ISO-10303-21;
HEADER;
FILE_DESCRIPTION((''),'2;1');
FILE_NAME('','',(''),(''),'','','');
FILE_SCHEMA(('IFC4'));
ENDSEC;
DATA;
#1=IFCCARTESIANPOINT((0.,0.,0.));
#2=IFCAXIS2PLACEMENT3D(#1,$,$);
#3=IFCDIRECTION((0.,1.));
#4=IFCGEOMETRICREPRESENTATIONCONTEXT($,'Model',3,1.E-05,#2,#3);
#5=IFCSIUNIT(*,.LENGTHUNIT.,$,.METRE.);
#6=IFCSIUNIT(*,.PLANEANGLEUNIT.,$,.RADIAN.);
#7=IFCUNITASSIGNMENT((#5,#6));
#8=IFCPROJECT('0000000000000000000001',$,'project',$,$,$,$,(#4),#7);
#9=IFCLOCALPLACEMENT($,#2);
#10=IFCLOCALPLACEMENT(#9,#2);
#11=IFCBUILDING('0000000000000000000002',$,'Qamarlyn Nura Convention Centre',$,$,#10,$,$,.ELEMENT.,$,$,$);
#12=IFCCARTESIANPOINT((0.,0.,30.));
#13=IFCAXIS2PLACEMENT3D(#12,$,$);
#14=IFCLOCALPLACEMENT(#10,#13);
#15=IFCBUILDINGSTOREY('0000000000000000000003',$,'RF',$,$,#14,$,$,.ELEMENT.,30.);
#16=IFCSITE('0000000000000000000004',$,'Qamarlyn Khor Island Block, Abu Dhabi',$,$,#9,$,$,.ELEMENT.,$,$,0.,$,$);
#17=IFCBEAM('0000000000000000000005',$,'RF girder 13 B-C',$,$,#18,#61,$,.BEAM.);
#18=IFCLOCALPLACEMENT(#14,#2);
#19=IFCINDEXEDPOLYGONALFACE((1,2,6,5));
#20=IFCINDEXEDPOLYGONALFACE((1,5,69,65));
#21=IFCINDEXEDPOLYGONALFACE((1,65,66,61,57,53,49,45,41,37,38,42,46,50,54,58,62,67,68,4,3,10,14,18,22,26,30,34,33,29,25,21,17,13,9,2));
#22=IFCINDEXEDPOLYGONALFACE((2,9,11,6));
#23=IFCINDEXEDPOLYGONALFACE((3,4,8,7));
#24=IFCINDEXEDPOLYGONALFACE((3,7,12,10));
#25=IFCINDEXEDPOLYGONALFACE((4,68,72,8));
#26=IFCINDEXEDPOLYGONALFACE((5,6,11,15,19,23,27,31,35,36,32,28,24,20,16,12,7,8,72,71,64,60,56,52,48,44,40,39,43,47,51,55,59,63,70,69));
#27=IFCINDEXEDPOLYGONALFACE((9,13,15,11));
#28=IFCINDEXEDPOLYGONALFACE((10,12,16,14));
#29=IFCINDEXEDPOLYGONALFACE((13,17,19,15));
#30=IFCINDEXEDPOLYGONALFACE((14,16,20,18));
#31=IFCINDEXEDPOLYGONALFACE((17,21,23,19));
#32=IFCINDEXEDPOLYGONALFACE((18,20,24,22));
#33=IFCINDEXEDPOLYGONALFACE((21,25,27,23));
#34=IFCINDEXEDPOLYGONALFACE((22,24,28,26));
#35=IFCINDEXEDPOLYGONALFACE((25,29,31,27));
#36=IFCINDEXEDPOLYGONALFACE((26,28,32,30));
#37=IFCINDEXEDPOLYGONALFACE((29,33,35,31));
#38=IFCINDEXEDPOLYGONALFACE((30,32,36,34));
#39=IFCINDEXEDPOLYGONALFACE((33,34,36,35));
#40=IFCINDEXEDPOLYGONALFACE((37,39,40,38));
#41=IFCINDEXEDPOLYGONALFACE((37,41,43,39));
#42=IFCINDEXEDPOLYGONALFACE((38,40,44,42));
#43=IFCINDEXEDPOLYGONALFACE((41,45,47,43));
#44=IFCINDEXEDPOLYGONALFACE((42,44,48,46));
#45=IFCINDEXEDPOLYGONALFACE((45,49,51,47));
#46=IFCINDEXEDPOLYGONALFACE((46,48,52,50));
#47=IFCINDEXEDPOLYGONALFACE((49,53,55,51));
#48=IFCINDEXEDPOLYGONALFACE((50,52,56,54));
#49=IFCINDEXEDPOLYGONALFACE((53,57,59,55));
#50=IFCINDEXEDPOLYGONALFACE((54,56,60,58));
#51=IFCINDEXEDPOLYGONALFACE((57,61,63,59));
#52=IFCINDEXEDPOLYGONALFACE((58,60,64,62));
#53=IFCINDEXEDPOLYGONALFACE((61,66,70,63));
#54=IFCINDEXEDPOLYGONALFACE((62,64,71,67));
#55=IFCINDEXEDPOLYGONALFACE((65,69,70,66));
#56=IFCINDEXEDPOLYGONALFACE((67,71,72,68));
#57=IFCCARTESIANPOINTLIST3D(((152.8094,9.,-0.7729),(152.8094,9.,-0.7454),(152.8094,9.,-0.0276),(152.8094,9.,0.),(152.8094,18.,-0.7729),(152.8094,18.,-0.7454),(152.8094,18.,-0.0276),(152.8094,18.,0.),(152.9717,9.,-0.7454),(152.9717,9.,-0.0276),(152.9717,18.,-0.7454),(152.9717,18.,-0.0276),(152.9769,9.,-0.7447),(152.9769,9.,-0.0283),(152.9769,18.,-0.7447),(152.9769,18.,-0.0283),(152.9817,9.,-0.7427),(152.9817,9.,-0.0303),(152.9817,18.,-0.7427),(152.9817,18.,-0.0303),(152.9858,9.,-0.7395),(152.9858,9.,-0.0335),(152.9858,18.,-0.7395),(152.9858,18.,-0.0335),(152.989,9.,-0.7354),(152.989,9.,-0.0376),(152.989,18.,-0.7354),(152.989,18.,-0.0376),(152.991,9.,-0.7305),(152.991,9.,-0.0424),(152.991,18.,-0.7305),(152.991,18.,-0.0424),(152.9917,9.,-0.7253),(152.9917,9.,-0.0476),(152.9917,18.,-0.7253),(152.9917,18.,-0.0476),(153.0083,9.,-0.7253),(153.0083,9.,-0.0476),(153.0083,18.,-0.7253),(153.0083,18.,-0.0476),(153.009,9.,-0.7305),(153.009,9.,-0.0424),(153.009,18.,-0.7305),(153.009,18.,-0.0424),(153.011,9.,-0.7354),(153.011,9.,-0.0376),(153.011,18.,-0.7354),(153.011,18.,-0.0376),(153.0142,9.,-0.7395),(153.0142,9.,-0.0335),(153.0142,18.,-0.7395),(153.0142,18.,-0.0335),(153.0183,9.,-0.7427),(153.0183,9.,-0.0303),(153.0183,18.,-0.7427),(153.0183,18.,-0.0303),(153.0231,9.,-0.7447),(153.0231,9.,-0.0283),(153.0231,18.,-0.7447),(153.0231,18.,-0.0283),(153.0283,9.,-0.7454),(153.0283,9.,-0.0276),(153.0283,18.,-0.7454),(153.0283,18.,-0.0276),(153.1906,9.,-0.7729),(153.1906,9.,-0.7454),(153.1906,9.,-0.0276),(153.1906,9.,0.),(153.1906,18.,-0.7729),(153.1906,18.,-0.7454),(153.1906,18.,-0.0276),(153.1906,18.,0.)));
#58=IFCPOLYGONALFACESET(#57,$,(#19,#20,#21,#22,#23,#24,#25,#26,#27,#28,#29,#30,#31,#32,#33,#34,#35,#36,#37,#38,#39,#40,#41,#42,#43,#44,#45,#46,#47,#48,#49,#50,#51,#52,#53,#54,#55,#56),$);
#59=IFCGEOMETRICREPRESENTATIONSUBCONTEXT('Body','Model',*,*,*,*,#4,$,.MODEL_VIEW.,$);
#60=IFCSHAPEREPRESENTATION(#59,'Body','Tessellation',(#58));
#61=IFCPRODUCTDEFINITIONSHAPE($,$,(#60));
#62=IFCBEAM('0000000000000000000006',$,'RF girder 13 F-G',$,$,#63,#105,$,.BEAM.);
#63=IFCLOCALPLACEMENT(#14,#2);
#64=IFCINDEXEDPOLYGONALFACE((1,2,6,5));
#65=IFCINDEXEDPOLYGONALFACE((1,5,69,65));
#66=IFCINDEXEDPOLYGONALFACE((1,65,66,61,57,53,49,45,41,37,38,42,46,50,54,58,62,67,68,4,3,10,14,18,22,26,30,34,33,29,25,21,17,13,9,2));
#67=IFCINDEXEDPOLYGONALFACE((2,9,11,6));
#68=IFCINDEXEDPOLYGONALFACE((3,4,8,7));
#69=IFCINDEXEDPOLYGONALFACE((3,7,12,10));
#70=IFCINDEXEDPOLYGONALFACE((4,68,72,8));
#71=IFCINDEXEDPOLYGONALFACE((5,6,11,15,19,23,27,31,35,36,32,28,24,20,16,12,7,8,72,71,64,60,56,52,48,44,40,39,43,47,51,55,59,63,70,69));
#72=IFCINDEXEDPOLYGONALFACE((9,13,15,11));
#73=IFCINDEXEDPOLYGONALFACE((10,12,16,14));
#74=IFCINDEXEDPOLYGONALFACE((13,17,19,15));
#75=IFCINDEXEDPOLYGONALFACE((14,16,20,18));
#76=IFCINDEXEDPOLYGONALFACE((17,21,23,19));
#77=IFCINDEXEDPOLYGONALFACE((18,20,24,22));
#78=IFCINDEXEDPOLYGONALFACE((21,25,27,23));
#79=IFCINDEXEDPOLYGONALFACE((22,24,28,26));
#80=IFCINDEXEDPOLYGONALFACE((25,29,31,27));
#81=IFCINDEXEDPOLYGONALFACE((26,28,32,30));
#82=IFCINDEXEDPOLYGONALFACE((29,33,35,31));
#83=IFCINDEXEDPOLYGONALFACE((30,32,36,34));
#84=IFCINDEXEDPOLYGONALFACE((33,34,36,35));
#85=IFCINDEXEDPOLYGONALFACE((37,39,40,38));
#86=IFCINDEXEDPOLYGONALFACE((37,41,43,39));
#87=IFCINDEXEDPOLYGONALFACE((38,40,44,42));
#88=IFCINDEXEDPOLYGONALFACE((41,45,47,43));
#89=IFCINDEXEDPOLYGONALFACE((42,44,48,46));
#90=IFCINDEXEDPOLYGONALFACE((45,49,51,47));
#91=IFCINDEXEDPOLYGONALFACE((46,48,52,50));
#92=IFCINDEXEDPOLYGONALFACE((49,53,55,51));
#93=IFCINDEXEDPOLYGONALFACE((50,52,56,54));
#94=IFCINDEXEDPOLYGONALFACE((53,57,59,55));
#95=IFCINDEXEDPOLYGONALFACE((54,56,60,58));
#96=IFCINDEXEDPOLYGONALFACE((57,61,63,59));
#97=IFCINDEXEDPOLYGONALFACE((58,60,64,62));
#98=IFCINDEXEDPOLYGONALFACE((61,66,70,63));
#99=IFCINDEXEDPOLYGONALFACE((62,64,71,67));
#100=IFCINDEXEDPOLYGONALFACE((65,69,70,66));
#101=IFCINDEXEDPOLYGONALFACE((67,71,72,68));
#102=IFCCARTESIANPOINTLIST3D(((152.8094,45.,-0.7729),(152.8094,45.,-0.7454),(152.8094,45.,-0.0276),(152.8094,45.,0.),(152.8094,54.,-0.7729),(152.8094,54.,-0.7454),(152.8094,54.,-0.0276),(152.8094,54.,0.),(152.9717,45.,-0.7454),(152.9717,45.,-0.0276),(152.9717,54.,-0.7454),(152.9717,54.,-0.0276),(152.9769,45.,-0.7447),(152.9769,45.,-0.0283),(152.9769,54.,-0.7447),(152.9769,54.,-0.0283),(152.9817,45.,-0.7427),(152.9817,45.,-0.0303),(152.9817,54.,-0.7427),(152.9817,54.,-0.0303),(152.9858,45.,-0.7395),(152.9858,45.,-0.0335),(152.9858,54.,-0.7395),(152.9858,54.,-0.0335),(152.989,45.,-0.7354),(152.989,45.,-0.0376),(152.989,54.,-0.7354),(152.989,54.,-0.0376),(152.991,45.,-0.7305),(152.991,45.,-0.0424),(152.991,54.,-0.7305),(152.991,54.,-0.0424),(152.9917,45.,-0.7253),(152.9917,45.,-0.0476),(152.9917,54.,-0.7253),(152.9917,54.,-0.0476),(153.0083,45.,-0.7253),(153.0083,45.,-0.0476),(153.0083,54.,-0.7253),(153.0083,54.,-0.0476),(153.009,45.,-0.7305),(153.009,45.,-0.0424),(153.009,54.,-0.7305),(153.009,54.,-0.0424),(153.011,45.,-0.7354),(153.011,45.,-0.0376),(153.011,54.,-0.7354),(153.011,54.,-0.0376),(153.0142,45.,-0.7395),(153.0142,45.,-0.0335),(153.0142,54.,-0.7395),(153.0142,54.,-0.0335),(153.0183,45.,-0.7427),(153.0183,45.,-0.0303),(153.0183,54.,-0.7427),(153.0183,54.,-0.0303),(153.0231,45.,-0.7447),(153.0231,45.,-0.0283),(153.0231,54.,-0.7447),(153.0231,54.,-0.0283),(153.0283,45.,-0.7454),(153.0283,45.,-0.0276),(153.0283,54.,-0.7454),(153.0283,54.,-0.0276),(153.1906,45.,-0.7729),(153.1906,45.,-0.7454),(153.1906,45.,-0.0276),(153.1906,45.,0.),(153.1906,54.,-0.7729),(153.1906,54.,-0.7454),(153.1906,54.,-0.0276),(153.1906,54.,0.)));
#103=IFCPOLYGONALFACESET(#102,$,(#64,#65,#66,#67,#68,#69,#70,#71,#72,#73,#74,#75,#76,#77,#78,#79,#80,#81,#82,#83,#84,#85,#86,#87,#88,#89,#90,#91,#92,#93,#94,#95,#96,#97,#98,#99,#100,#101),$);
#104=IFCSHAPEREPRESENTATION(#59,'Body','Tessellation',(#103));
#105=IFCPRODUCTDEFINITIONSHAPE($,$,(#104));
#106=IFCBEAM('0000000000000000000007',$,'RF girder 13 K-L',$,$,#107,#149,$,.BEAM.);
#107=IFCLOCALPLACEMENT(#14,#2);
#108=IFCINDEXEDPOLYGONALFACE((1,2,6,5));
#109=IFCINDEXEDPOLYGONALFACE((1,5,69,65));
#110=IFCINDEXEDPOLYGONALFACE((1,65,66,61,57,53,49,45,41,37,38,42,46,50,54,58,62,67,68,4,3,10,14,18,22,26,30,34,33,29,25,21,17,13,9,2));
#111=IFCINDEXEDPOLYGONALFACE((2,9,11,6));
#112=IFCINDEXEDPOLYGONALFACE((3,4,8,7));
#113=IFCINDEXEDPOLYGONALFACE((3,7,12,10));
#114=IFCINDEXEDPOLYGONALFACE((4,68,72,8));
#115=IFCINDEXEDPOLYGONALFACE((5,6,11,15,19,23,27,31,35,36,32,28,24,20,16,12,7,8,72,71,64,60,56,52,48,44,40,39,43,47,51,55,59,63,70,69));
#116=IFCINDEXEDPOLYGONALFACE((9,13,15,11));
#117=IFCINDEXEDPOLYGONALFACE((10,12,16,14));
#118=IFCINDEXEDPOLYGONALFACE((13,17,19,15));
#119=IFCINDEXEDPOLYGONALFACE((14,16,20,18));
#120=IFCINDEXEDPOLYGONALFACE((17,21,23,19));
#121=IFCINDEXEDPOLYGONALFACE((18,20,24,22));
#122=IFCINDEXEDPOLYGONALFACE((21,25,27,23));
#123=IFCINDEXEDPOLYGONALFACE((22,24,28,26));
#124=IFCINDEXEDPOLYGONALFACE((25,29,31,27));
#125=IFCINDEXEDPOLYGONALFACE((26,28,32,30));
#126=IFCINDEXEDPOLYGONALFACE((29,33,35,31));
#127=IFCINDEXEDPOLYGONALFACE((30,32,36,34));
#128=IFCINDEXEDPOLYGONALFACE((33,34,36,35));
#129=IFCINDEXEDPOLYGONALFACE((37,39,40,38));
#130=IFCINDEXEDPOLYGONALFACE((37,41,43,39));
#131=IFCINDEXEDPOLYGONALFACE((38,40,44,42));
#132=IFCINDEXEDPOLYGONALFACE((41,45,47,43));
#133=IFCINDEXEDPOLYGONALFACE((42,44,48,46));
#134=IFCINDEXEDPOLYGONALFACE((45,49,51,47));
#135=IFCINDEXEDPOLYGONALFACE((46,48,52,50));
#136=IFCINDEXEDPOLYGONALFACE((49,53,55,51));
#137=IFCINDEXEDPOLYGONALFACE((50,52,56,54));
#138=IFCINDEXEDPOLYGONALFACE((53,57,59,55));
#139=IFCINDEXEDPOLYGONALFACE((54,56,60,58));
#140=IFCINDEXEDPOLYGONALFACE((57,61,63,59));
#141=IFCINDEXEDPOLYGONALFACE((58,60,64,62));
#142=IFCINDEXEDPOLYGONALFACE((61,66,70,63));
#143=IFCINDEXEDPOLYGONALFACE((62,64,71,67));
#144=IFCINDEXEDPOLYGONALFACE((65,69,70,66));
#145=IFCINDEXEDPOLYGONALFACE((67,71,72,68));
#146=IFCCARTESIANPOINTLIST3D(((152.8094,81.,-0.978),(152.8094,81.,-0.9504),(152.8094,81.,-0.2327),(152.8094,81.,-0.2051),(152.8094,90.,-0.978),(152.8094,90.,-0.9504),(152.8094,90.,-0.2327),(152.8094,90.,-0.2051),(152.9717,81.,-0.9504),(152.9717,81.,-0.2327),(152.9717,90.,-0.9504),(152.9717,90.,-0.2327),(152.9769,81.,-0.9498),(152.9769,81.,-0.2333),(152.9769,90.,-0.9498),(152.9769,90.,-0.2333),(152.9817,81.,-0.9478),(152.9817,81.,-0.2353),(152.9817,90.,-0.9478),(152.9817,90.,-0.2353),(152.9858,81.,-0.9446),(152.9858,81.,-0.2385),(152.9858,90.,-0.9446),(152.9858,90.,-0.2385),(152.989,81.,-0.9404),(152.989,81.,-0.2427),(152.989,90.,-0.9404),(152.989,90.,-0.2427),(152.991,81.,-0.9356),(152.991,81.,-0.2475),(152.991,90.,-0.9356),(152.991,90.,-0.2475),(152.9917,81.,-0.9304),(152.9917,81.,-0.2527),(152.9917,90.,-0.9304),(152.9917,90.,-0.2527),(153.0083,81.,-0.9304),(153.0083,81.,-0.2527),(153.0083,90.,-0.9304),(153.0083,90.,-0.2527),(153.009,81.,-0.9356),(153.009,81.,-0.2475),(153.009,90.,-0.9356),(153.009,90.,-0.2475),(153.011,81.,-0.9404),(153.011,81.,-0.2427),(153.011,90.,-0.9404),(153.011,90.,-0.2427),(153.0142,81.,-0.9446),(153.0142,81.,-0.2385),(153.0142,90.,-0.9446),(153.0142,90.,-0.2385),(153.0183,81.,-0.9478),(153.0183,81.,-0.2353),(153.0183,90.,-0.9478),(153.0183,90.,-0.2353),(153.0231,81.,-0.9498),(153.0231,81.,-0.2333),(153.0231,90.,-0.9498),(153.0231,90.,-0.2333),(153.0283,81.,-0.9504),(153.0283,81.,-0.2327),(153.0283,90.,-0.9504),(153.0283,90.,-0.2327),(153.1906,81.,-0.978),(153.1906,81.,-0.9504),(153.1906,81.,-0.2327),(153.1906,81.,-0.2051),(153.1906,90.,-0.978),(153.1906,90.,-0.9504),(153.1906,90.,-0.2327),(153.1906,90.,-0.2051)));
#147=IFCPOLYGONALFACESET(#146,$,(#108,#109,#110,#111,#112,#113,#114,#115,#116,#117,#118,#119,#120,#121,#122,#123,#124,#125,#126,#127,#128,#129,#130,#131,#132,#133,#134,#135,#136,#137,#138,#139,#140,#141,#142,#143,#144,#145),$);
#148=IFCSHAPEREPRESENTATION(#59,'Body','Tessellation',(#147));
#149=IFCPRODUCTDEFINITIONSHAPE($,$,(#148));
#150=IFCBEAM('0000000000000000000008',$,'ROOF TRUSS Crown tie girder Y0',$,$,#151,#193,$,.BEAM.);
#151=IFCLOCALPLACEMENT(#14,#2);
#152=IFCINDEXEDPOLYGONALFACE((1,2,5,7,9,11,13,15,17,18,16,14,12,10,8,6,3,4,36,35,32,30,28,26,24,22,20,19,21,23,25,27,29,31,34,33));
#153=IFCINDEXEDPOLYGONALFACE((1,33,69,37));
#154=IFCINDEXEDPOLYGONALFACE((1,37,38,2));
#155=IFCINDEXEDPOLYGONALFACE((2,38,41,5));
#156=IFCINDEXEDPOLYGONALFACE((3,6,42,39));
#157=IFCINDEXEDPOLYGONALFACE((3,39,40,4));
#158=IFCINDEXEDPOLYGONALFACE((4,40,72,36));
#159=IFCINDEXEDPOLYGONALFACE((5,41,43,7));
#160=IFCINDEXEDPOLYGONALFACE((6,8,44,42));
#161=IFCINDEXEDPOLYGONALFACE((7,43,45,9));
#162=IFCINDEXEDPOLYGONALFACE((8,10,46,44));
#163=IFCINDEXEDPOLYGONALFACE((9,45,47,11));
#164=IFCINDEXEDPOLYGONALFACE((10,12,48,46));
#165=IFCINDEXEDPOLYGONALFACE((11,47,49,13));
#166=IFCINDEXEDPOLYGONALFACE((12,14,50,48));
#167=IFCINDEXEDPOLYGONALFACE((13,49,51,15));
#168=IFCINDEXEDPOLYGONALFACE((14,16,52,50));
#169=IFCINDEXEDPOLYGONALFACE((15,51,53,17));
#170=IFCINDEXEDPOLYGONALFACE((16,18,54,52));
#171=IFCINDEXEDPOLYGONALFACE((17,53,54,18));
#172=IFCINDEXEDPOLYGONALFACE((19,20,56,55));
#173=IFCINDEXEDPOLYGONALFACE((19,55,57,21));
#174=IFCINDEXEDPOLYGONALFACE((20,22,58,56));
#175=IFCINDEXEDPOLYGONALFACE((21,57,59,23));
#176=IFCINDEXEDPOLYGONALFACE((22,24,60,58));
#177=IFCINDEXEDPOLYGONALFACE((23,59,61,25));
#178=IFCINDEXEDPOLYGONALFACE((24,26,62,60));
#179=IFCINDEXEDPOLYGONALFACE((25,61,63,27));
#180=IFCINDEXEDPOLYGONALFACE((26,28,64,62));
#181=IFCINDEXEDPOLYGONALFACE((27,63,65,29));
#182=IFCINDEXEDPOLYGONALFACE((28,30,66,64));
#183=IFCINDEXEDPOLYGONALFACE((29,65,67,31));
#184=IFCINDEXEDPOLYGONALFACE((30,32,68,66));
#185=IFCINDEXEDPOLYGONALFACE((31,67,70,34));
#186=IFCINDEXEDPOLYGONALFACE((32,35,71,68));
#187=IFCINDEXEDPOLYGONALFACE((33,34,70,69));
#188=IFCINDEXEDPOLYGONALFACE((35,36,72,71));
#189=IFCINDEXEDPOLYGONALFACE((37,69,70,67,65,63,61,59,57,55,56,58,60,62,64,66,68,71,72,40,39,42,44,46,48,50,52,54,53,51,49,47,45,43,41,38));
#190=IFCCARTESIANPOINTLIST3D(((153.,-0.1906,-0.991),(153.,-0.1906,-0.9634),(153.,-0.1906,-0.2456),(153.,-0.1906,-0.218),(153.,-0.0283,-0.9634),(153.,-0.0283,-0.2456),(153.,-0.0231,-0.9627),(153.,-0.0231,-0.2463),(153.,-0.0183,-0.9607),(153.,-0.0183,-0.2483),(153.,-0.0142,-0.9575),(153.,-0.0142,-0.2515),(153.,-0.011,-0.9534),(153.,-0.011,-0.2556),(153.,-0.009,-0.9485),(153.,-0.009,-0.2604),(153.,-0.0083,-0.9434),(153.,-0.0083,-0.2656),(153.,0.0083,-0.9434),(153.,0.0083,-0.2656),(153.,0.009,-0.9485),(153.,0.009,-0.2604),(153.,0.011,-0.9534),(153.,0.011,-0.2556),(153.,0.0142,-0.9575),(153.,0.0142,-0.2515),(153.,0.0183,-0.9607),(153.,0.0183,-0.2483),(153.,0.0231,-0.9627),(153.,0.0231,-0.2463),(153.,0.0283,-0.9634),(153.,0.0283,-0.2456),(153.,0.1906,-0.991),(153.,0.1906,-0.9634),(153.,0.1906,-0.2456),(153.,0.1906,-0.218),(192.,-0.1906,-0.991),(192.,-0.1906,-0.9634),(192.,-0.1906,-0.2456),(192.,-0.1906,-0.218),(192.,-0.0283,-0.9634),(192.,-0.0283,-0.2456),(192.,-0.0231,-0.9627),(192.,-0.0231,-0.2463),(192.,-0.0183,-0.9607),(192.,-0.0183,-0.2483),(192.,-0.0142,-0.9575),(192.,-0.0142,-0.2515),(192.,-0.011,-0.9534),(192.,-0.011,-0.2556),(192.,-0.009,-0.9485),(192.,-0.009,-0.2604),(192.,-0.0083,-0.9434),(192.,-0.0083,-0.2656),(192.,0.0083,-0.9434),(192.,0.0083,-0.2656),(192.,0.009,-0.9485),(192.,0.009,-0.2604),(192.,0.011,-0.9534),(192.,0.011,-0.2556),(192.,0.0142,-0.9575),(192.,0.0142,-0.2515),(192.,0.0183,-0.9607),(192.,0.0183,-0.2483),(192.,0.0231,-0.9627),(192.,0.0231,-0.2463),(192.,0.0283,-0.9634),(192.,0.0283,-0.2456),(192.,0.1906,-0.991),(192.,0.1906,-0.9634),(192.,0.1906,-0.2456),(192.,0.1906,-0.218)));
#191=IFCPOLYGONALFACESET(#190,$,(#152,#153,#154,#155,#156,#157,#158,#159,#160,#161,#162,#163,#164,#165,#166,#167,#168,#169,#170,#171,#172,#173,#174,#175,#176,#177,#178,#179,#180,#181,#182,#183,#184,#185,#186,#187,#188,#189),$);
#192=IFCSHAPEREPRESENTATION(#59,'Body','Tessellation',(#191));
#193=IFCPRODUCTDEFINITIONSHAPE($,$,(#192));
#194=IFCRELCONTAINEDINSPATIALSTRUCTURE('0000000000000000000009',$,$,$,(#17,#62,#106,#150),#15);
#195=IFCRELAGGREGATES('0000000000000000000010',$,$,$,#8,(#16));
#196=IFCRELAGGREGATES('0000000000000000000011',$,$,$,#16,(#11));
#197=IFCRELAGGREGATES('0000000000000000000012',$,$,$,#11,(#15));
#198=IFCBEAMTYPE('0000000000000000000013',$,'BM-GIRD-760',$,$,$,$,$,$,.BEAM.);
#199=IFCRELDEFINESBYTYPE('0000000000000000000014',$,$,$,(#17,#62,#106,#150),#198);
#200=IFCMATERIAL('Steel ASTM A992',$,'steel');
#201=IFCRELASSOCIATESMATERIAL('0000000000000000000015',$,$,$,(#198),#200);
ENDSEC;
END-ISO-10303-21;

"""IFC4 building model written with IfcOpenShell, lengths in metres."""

from ifc_helpers import new_model, si_unit, direction, frame, origin, origin_2d, place, context, subcontext, project, spatial, i_section, extrude, material, material_profile, profile_set, type_object, element, save


model = new_model("IFC4")

# Units and contexts
model_context = context("Model", 3, precision=1e-05, world=origin(), true_north=direction((0.0, 1.0)))
body_context = subcontext(model_context, "Body", "Model", "MODEL_VIEW")
ifc_project = project(units=[si_unit("LENGTHUNIT", "METRE"), si_unit("PLANEANGLEUNIT", "RADIAN")], contexts=[model_context])

# Site, building, storey
site_placement = place(None, origin())
site = spatial("IfcSite", under=ifc_project, at=site_placement, Name="Qamarlyn Khor Island Block, Abu Dhabi", CompositionType="ELEMENT", RefElevation=0.0)
building_placement = place(site_placement, origin())
building = spatial("IfcBuilding", under=site, at=building_placement, Name="Qamarlyn Nura Convention Centre", CompositionType="ELEMENT")
storey_placement = place(building_placement, frame((0.0, 0.0, 30.0)))
storey = spatial("IfcBuildingStorey", under=building, at=storey_placement, Name="RF", CompositionType="ELEMENT", Elevation=30.0)

# Beams
ifc_material_1 = material(Name="Steel ASTM A992", Category="steel")
ifc_material_profile_1 = material_profile(ifc_material_1, i_section(OverallWidth=0.3811, OverallDepth=0.7729, WebThickness=0.0166, FlangeThickness=0.0276, FilletRadius=0.02, at=origin_2d()), Name="W760X257")
ifc_profile_set_1 = profile_set([ifc_material_profile_1], Name="Steel ASTM A992")
beam_type_1 = type_object("IfcBeamType", Name="BM-GIRD-760", PredefinedType="BEAM", material=ifc_profile_set_1)
for number, where, z_axis, x_axis, name in (
    (1, (153.0, 9.0, -0.3865), (0.0, 1.0, 0.0), (-1.0, 0.0, 0.0), "RF girder 13 B-C"),
    (2, (153.0, 45.0, -0.3865), (0.0, 1.0, 0.0), (-1.0, 0.0, 0.0), "RF girder 13 F-G"),
    (3, (153.0, 81.0, -0.5916), (0.0, 1.0, 0.0), (-1.0, 0.0, 0.0), "RF girder 13 K-L"),
):
    element("IfcBeam", number, at=place(storey_placement, frame(where, z_axis=z_axis, x_axis=x_axis)), inside=storey, type_object=beam_type_1, Name=name, PredefinedType="BEAM", context=body_context, shape_type="SweptSolid", body=[
        extrude(i_section(OverallWidth=0.3811, OverallDepth=0.7729, WebThickness=0.0166, FlangeThickness=0.0276, FilletRadius=0.02, at=origin_2d()), origin(), (0.0, 0.0, 1.0), 9.0),
    ])
for number, where, z_axis, x_axis, name in (
    (4, (153.0, 0.0, -0.6045), (1.0, 0.0, 0.0), (0.0, 1.0, 0.0), "ROOF TRUSS Crown tie girder Y0"),
):
    element("IfcBeam", number, at=place(storey_placement, frame(where, z_axis=z_axis, x_axis=x_axis)), inside=storey, type_object=beam_type_1, Name=name, PredefinedType="BEAM", context=body_context, shape_type="SweptSolid", body=[
        extrude(i_section(OverallWidth=0.3811, OverallDepth=0.7729, WebThickness=0.0166, FlangeThickness=0.0276, FilletRadius=0.02, at=origin_2d()), origin(), (0.0, 0.0, 1.0), 39.0),
    ])

save(model, "model.ifc")
